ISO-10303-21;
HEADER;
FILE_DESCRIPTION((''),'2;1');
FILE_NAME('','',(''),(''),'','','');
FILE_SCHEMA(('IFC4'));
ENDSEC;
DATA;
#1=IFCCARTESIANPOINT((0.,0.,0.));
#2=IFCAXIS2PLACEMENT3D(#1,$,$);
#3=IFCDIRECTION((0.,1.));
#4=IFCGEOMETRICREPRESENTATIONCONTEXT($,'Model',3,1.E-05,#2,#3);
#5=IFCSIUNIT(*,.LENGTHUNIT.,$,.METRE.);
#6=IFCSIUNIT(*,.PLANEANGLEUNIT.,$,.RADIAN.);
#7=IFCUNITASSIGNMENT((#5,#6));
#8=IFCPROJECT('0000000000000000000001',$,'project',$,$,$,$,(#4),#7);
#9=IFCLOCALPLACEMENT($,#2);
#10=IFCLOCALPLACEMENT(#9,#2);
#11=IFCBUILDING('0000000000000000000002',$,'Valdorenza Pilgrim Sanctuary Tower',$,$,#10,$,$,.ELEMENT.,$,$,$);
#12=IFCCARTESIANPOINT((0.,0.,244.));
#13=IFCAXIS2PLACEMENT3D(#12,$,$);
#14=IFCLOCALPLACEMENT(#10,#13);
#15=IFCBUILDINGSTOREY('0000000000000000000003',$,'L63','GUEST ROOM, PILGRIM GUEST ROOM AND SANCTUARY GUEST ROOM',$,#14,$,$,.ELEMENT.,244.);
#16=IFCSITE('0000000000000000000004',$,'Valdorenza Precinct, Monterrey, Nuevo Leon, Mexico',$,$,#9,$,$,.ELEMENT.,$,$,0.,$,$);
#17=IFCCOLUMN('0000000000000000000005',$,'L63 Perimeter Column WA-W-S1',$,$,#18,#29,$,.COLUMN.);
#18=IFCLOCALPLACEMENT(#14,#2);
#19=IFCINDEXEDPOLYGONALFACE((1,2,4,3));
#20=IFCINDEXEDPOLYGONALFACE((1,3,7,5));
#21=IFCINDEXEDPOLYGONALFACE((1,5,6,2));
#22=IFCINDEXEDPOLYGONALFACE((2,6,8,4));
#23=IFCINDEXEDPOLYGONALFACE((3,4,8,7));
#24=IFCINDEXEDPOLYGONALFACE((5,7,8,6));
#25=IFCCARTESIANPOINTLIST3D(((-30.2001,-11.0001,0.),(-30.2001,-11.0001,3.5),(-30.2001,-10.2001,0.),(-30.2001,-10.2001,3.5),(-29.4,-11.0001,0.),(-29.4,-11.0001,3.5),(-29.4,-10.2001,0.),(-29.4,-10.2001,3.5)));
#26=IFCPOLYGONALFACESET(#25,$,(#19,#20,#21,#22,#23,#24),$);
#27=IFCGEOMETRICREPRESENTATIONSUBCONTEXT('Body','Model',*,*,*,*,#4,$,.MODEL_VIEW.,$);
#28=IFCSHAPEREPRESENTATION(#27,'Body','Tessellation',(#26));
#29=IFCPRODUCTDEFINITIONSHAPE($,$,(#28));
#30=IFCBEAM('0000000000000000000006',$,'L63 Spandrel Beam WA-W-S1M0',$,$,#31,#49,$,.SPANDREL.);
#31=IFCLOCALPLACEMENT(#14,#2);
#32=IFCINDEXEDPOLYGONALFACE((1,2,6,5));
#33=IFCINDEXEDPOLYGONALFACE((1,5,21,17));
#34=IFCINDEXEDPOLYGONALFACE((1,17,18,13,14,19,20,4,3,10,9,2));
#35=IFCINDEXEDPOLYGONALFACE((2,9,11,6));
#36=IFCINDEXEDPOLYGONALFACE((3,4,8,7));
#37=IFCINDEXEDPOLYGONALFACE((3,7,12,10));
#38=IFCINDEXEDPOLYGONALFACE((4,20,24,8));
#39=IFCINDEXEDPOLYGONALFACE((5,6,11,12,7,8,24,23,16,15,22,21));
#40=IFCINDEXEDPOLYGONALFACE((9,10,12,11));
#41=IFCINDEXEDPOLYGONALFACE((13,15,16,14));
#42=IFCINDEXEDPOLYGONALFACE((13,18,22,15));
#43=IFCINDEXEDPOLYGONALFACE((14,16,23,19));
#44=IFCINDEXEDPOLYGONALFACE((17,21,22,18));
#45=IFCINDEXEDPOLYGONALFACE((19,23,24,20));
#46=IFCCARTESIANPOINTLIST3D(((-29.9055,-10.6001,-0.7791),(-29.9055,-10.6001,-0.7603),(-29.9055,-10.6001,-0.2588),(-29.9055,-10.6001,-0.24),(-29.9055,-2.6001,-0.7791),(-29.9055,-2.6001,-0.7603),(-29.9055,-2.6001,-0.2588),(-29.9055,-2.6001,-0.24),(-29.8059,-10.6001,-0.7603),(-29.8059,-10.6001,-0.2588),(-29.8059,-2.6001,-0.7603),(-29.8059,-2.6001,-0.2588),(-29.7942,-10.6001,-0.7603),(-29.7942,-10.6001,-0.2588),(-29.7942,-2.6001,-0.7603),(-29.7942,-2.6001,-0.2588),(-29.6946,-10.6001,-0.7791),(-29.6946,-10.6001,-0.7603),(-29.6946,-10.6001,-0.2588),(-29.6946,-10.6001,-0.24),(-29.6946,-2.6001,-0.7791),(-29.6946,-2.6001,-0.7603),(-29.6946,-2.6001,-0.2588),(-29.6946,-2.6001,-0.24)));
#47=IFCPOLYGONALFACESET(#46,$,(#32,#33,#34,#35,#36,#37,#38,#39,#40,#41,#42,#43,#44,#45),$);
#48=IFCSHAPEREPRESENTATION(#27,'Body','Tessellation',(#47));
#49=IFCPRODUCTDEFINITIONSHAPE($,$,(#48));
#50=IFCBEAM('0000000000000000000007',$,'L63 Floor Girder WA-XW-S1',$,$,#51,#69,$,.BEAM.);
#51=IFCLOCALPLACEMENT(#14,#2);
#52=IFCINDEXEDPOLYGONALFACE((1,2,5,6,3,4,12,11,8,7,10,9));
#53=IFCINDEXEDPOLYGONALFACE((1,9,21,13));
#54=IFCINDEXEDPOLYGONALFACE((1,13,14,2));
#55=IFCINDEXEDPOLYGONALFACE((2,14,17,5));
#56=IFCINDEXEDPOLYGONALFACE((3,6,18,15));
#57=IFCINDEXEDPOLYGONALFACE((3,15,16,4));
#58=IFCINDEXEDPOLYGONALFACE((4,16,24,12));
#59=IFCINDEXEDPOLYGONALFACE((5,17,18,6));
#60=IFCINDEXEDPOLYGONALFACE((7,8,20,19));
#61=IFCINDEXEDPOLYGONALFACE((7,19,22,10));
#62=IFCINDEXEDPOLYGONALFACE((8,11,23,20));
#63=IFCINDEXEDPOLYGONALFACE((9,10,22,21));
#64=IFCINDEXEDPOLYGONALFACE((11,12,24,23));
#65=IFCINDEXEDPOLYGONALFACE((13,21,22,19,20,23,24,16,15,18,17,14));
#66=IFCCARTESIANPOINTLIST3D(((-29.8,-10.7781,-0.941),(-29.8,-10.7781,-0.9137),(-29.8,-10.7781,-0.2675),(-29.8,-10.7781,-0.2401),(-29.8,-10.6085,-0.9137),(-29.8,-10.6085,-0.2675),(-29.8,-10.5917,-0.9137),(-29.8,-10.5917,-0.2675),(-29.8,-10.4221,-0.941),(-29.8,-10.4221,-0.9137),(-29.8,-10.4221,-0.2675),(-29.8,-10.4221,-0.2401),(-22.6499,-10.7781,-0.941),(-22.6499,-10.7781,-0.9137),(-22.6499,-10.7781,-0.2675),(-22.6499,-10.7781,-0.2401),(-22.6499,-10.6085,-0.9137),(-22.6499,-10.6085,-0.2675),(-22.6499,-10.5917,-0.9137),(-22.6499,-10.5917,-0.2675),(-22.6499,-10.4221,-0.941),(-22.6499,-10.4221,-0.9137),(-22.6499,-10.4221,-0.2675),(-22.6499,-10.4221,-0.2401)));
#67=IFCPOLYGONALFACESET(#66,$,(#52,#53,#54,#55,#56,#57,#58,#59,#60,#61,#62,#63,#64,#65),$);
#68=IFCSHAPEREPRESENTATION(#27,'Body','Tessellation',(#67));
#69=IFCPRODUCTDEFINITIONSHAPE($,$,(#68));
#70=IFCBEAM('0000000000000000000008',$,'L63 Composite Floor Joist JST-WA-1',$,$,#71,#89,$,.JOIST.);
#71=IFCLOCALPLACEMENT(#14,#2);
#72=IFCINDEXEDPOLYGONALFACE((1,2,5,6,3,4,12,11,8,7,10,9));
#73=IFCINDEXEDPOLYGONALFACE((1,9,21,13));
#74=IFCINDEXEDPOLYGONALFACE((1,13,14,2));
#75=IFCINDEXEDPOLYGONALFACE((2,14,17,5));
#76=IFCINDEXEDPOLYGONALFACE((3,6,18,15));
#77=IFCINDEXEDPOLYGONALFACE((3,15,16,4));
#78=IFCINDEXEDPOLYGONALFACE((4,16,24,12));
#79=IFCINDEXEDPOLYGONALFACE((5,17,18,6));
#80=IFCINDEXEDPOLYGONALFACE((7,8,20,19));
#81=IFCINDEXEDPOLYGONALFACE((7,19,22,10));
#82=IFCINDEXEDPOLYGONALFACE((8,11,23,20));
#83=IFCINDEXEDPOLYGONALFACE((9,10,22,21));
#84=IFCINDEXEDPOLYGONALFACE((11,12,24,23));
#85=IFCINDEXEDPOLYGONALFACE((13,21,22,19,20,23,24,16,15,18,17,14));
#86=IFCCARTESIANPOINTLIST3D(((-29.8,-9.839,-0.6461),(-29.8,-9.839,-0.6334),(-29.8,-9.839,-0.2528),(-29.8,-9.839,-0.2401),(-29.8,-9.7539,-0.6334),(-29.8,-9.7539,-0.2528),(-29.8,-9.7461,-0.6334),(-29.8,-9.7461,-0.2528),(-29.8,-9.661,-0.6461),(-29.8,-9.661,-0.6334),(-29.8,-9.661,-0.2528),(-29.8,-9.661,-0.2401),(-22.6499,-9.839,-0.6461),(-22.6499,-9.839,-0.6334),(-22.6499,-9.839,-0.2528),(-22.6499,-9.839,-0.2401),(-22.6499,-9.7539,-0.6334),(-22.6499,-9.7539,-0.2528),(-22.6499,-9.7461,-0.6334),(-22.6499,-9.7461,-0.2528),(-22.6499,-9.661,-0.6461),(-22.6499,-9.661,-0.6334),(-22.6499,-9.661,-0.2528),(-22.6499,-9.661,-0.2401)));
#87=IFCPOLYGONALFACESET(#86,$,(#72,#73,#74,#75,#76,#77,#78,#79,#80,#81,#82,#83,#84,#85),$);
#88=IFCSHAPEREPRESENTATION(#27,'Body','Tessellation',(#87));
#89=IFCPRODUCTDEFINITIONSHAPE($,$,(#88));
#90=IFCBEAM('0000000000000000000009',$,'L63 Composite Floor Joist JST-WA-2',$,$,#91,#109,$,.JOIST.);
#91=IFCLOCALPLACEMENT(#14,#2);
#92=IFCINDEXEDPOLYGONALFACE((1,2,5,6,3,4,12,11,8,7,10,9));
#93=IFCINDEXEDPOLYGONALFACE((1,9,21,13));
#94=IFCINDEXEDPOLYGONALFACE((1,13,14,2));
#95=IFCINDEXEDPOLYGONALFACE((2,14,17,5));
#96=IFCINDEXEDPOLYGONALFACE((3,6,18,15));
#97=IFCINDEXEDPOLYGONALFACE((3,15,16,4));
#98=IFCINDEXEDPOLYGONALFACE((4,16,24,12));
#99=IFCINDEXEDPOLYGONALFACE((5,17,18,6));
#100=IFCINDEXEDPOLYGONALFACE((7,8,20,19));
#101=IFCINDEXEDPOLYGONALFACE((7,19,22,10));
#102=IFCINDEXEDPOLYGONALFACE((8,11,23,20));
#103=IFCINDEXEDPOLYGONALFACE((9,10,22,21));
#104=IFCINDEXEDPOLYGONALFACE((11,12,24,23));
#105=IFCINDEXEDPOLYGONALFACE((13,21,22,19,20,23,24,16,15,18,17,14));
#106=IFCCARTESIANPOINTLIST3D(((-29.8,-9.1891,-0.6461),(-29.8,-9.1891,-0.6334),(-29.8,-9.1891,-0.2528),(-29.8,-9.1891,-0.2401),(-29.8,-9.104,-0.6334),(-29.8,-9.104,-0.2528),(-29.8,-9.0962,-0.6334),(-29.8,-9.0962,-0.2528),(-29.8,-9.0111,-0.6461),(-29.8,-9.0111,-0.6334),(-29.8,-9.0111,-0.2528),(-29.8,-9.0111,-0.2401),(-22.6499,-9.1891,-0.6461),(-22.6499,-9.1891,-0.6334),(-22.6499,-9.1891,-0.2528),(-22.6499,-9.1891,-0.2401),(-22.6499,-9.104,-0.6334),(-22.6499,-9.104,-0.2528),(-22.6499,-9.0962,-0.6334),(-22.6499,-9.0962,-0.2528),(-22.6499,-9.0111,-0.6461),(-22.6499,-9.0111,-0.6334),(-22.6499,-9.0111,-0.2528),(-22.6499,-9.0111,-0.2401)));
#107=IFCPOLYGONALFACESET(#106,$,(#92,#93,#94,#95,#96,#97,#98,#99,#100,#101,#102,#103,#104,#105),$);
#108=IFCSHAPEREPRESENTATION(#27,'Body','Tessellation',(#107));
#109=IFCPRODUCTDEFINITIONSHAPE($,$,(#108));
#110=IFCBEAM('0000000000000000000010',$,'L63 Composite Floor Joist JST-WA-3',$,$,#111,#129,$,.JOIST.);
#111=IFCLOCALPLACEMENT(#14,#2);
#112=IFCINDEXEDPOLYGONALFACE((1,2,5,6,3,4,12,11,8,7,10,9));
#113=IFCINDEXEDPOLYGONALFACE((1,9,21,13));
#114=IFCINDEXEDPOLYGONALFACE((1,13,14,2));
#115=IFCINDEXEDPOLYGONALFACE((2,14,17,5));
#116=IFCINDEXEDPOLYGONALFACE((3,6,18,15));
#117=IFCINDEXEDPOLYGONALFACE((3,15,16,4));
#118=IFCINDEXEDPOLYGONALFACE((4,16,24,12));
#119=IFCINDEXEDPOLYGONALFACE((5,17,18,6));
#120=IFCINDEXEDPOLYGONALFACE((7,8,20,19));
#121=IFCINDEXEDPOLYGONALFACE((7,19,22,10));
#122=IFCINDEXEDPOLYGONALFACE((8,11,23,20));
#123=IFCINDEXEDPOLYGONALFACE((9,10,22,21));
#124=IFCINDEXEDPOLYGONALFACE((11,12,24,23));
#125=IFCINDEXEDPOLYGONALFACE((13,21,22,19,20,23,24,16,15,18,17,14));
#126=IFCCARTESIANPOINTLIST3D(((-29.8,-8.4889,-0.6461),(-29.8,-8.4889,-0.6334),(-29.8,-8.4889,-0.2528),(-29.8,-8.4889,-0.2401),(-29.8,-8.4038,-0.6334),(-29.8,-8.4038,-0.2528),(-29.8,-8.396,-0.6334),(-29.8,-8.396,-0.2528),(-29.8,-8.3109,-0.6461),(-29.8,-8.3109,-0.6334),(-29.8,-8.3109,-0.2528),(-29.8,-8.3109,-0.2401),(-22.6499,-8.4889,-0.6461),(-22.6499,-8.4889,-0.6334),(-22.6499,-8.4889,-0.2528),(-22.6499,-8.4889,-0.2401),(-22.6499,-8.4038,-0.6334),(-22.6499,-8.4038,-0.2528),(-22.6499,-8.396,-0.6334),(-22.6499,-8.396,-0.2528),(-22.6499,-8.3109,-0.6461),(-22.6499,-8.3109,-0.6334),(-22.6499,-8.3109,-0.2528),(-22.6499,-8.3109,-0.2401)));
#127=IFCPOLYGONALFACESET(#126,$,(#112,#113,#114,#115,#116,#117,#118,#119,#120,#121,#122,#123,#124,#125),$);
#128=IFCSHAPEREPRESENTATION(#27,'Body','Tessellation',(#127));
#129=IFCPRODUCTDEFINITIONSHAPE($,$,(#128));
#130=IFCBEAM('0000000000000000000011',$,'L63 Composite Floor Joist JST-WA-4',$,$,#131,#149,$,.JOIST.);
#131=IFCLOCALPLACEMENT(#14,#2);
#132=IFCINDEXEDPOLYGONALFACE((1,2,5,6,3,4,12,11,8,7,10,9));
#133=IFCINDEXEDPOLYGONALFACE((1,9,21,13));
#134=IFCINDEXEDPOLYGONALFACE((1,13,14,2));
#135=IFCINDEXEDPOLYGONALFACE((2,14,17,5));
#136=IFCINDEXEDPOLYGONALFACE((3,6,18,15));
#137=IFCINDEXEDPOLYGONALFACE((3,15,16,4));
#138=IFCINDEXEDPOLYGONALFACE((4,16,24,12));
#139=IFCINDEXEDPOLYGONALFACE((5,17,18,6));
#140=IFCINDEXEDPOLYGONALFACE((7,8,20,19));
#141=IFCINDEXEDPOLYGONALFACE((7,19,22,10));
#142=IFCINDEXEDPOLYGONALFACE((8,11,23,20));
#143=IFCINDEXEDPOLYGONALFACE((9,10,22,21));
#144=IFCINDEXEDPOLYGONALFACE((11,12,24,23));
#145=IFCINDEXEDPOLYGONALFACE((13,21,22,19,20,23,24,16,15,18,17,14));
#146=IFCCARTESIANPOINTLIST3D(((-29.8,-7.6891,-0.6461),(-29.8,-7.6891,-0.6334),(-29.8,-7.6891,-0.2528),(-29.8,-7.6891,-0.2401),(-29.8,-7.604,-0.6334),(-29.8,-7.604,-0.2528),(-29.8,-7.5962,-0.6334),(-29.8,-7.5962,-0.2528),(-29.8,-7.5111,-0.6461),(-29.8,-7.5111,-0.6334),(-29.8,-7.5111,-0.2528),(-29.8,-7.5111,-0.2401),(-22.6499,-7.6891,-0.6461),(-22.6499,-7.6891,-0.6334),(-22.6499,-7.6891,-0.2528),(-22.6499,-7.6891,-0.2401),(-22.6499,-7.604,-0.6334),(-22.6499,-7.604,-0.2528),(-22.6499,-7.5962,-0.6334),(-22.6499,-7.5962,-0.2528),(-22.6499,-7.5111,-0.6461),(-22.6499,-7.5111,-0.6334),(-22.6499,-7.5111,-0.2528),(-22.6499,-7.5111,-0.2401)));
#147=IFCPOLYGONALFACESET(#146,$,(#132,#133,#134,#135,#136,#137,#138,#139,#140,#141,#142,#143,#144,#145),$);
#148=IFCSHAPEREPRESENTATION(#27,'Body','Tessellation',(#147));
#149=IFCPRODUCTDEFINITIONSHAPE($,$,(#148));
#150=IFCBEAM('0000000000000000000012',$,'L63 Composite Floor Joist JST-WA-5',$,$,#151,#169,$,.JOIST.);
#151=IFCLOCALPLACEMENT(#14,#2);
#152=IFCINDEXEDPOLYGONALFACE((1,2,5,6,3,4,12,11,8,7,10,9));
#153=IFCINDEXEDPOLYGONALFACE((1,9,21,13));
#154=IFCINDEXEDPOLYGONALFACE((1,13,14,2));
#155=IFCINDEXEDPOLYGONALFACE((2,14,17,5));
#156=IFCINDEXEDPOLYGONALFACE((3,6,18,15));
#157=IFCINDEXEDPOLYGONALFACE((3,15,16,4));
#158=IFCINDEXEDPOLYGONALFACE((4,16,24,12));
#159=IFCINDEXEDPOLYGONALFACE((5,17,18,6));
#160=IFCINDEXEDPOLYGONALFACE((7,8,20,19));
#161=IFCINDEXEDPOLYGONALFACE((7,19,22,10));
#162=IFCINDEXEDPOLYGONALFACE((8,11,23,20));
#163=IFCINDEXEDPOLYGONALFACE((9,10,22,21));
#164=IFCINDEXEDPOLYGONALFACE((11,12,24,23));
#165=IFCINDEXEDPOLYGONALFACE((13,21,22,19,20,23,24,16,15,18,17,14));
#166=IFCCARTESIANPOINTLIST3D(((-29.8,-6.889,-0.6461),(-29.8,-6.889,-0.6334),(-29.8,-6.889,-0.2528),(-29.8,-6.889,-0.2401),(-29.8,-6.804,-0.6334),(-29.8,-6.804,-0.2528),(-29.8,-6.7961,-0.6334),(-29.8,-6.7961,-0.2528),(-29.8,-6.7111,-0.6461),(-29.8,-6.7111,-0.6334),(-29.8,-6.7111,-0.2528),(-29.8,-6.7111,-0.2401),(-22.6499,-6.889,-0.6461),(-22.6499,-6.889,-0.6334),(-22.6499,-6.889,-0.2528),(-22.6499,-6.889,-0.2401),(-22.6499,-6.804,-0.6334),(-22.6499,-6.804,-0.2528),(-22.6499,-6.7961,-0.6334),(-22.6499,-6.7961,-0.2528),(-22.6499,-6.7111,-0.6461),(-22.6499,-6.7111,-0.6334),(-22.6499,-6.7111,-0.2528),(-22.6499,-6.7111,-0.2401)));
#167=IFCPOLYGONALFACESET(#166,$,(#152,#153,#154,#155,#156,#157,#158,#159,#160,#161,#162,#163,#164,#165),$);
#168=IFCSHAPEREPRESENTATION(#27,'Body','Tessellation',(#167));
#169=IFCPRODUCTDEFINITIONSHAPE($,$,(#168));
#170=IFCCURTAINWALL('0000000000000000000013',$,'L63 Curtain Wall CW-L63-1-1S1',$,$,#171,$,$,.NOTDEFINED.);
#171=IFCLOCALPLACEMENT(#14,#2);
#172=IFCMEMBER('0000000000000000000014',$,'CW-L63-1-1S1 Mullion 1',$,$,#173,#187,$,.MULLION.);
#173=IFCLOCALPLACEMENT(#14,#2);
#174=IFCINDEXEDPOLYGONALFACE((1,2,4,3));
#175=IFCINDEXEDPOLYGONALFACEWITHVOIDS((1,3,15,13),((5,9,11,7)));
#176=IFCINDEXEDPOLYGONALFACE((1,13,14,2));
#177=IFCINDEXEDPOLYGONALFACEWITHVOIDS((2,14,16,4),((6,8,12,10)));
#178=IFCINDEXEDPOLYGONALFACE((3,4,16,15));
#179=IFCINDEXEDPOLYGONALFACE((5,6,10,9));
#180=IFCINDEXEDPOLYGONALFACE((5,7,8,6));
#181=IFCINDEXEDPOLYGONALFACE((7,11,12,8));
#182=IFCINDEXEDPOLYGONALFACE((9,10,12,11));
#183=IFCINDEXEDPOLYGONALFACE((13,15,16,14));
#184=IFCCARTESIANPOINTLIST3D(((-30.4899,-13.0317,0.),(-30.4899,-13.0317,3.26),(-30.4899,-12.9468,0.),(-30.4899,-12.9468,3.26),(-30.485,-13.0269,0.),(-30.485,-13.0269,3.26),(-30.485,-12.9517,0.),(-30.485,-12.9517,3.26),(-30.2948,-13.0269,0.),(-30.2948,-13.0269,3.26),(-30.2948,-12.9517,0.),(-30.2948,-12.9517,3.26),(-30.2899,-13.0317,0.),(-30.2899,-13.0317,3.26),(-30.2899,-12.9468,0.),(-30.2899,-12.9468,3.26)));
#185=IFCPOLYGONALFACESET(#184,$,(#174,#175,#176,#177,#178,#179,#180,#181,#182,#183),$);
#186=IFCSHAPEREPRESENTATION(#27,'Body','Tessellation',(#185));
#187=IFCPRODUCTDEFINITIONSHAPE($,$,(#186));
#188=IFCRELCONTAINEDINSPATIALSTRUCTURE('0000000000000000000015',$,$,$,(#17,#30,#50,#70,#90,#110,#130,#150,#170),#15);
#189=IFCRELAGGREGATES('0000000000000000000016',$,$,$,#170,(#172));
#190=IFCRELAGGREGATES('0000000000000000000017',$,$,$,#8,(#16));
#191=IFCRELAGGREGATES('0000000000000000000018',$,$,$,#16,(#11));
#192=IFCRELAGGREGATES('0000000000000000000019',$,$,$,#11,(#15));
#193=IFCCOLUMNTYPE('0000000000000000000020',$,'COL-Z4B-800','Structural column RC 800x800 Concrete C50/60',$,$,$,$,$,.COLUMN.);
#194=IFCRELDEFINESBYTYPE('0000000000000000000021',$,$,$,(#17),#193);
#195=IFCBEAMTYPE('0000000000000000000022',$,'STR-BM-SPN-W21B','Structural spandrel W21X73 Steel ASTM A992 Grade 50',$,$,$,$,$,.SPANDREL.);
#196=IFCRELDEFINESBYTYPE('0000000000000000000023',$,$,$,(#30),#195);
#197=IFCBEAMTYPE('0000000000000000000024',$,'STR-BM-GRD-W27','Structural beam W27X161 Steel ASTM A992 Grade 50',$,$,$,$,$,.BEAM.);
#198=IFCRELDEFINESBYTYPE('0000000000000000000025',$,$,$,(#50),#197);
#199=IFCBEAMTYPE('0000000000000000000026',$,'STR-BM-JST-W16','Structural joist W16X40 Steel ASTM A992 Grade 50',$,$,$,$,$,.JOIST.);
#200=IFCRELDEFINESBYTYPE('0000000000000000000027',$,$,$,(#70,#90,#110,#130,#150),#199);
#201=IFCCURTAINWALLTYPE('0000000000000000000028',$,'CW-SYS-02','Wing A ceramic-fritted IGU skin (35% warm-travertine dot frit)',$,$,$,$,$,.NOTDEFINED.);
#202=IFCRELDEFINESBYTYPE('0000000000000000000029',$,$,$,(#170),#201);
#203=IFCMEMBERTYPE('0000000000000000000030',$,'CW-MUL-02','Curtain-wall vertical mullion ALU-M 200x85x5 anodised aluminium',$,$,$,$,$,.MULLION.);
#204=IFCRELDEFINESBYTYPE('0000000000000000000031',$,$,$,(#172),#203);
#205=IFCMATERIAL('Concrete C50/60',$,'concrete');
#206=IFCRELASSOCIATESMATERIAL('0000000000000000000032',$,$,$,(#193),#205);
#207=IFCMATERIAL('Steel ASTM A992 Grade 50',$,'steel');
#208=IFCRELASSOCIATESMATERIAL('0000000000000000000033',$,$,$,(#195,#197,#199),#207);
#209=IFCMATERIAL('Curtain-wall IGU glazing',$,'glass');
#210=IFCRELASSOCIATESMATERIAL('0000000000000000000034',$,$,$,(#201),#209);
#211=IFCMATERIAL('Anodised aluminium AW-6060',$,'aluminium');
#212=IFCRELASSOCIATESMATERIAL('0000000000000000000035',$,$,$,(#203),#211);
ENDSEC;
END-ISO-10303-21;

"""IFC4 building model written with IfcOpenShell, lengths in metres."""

from ifc_helpers import new_model, si_unit, direction, frame, origin, origin_2d, place, context, subcontext, project, spatial, rectangle, hollow_rectangle, i_section, extrude, source, transform, mapped, material, material_profile, profile_set, type_object, element, aggregate, save


model = new_model("IFC4")

# Units and contexts
model_context = context("Model", 3, precision=1e-05, world=origin(), true_north=direction((0.0, 1.0)))
body_context = subcontext(model_context, "Body", "Model", "MODEL_VIEW")
ifc_project = project(units=[si_unit("LENGTHUNIT", "METRE"), si_unit("PLANEANGLEUNIT", "RADIAN")], contexts=[model_context])

# Site, building, storey
site_placement = place(None, origin())
site = spatial("IfcSite", under=ifc_project, at=site_placement, Name="Valdorenza Precinct, Monterrey, Nuevo Leon, Mexico", CompositionType="ELEMENT", RefElevation=0.0)
building_placement = place(site_placement, origin())
building = spatial("IfcBuilding", under=site, at=building_placement, Name="Valdorenza Pilgrim Sanctuary Tower", CompositionType="ELEMENT")
storey_placement = place(building_placement, frame((0.0, 0.0, 244.0)))
storey = spatial("IfcBuildingStorey", under=building, at=storey_placement, Name="L63", Description="GUEST ROOM, PILGRIM GUEST ROOM AND SANCTUARY GUEST ROOM", CompositionType="ELEMENT", Elevation=244.0)

# Column
ifc_material_1 = material(Name="Concrete C50/60", Category="concrete")
ifc_material_profile_1 = material_profile(ifc_material_1, rectangle(XDim=0.8, YDim=0.8, at=origin_2d()), Name="RC 800x800")
ifc_profile_set_1 = profile_set([ifc_material_profile_1], Name="Concrete C50/60")
column_type = type_object("IfcColumnType", Name="COL-Z4B-800", Description="Structural column RC 800x800 Concrete C50/60", PredefinedType="COLUMN", material=ifc_profile_set_1)
shared_shape_1 = source(origin(), body_context, "Body", "SweptSolid", [
    extrude(rectangle(XDim=0.8, YDim=0.8, at=origin_2d()), origin(), (0.0, 0.0, 1.0), 3.5),
])
column_placement = place(storey_placement, frame((-29.8, -10.6001, 0.0), z_axis=(0.0, 0.0, 1.0), x_axis=(1.0, 0.0, 0.0)))
element("IfcColumn", 1, at=column_placement, inside=storey, type_object=column_type, Name="L63 Perimeter Column WA-W-S1", PredefinedType="COLUMN", context=body_context, shape_type="MappedRepresentation", body=[
    mapped(shared_shape_1, transform((0.0, 0.0, 0.0), x_axis=(1.0, 0.0, 0.0), y_axis=(0.0, 1.0, 0.0), z_axis=(0.0, 0.0, 1.0), scale=1.0)),
])

# Beams
ifc_material_2 = material(Name="Steel ASTM A992 Grade 50", Category="steel")
ifc_material_profile_2 = material_profile(ifc_material_2, i_section(OverallWidth=0.2109, OverallDepth=0.5391, WebThickness=0.0117, FlangeThickness=0.0188, at=origin_2d()), Name="W21X73")
ifc_profile_set_2 = profile_set([ifc_material_profile_2], Name="Steel ASTM A992 Grade 50")
beam_type_1 = type_object("IfcBeamType", Name="STR-BM-SPN-W21B", Description="Structural spandrel W21X73 Steel ASTM A992 Grade 50", PredefinedType="SPANDREL", material=ifc_profile_set_2)
shared_shape_2 = source(origin(), body_context, "Body", "SweptSolid", [
    extrude(i_section(OverallWidth=0.2109, OverallDepth=0.5391, WebThickness=0.0117, FlangeThickness=0.0188, at=origin_2d()), origin(), (0.0, 0.0, 1.0), 8.0),
])
beam_1_placement = place(storey_placement, frame((-29.8, -10.6001, -0.5095), z_axis=(0.0, 1.0, 0.0), x_axis=(-1.0, 0.0, 0.0)))
element("IfcBeam", 2, at=beam_1_placement, inside=storey, type_object=beam_type_1, Name="L63 Spandrel Beam WA-W-S1M0", PredefinedType="SPANDREL", context=body_context, shape_type="MappedRepresentation", body=[
    mapped(shared_shape_2, transform((0.0, 0.0, 0.0), x_axis=(1.0, 0.0, 0.0), y_axis=(0.0, 1.0, 0.0), z_axis=(0.0, 0.0, 1.0), scale=1.0)),
])
ifc_material_profile_3 = material_profile(ifc_material_2, i_section(OverallWidth=0.356, OverallDepth=0.7009, WebThickness=0.0168, FlangeThickness=0.0273, at=origin_2d()), Name="W27X161")
ifc_profile_set_3 = profile_set([ifc_material_profile_3], Name="Steel ASTM A992 Grade 50")
beam_type_2 = type_object("IfcBeamType", Name="STR-BM-GRD-W27", Description="Structural beam W27X161 Steel ASTM A992 Grade 50", PredefinedType="BEAM", material=ifc_profile_set_3)
shared_shape_3 = source(origin(), body_context, "Body", "SweptSolid", [
    extrude(i_section(OverallWidth=0.356, OverallDepth=0.7009, WebThickness=0.0168, FlangeThickness=0.0273, at=origin_2d()), origin(), (0.0, 0.0, 1.0), 7.1501),
])
beam_2_placement = place(storey_placement, frame((-29.8, -10.6001, -0.5906), z_axis=(1.0, 0.0, 0.0), x_axis=(0.0, 1.0, 0.0)))
element("IfcBeam", 3, at=beam_2_placement, inside=storey, type_object=beam_type_2, Name="L63 Floor Girder WA-XW-S1", PredefinedType="BEAM", context=body_context, shape_type="MappedRepresentation", body=[
    mapped(shared_shape_3, transform((0.0, 0.0, 0.0), x_axis=(1.0, 0.0, 0.0), y_axis=(0.0, 1.0, 0.0), z_axis=(0.0, 0.0, 1.0), scale=1.0)),
])
ifc_material_profile_4 = material_profile(ifc_material_2, i_section(OverallWidth=0.178, OverallDepth=0.406, WebThickness=0.0078, FlangeThickness=0.0127, at=origin_2d()), Name="W16X40")
ifc_profile_set_4 = profile_set([ifc_material_profile_4], Name="Steel ASTM A992 Grade 50")
beam_type_3 = type_object("IfcBeamType", Name="STR-BM-JST-W16", Description="Structural joist W16X40 Steel ASTM A992 Grade 50", PredefinedType="JOIST", material=ifc_profile_set_4)
shared_shape_4 = source(origin(), body_context, "Body", "SweptSolid", [
    extrude(i_section(OverallWidth=0.178, OverallDepth=0.406, WebThickness=0.0078, FlangeThickness=0.0127, at=origin_2d()), origin(), (0.0, 0.0, 1.0), 7.1501),
])
for number, where, z_axis, x_axis, name in (
    (4, (-29.8, -9.75, -0.4431), (1.0, 0.0, 0.0), (0.0, 1.0, 0.0), "L63 Composite Floor Joist JST-WA-1"),
    (5, (-29.8, -9.1001, -0.4431), (1.0, 0.0, 0.0), (0.0, 1.0, 0.0), "L63 Composite Floor Joist JST-WA-2"),
    (6, (-29.8, -8.3999, -0.4431), (1.0, 0.0, 0.0), (0.0, 1.0, 0.0), "L63 Composite Floor Joist JST-WA-3"),
    (7, (-29.8, -7.6001, -0.4431), (1.0, 0.0, 0.0), (0.0, 1.0, 0.0), "L63 Composite Floor Joist JST-WA-4"),
    (8, (-29.8, -6.8, -0.4431), (1.0, 0.0, 0.0), (0.0, 1.0, 0.0), "L63 Composite Floor Joist JST-WA-5"),
):
    element("IfcBeam", number, at=place(storey_placement, frame(where, z_axis=z_axis, x_axis=x_axis)), inside=storey, type_object=beam_type_3, Name=name, PredefinedType="JOIST", context=body_context, shape_type="MappedRepresentation", body=[
        mapped(shared_shape_4, transform((0.0, 0.0, 0.0), x_axis=(1.0, 0.0, 0.0), y_axis=(0.0, 1.0, 0.0), z_axis=(0.0, 0.0, 1.0), scale=1.0)),
    ])

# Curtain wall, member
ifc_material_3 = material(Name="Curtain-wall IGU glazing", Category="glass")
curtain_wall_type = type_object("IfcCurtainWallType", Name="CW-SYS-02", Description="Wing A ceramic-fritted IGU skin (35% warm-travertine dot frit)", PredefinedType="NOTDEFINED", material=ifc_material_3)
curtain_wall_placement = place(storey_placement, origin())
curtain_wall = element("IfcCurtainWall", 9, at=curtain_wall_placement, inside=storey, type_object=curtain_wall_type, Name="L63 Curtain Wall CW-L63-1-1S1", PredefinedType="NOTDEFINED")
ifc_material_4 = material(Name="Anodised aluminium AW-6060", Category="aluminium")
ifc_material_profile_5 = material_profile(ifc_material_4, hollow_rectangle(XDim=0.085, YDim=0.2, WallThickness=0.0049, at=origin_2d()), Name="ALU-M 200x85x5")
ifc_profile_set_5 = profile_set([ifc_material_profile_5], Name="Anodised aluminium AW-6060")
member_type_1 = type_object("IfcMemberType", Name="CW-MUL-02", Description="Curtain-wall vertical mullion ALU-M 200x85x5 anodised aluminium", PredefinedType="MULLION", material=ifc_profile_set_5)
shared_shape_5 = source(origin(), body_context, "Body", "SweptSolid", [
    extrude(hollow_rectangle(XDim=0.085, YDim=0.2, WallThickness=0.0049, at=origin_2d()), origin(), (0.0, 0.0, 1.0), 3.26),
])
member_1_placement = place(storey_placement, frame((-30.3899, -12.9893, 0.0), z_axis=(0.0, 0.0, 1.0), x_axis=(0.0, 1.0, 0.0)))
member_1 = element("IfcMember", 10, at=member_1_placement, type_object=member_type_1, Name="CW-L63-1-1S1 Mullion 1", PredefinedType="MULLION", context=body_context, shape_type="MappedRepresentation", body=[
    mapped(shared_shape_5, transform((0.0, 0.0, 0.0), x_axis=(1.0, 0.0, 0.0), y_axis=(0.0, 1.0, 0.0), z_axis=(0.0, 0.0, 1.0), scale=1.0)),
])
aggregate(curtain_wall, [member_1])

save(model, "model.ifc")
